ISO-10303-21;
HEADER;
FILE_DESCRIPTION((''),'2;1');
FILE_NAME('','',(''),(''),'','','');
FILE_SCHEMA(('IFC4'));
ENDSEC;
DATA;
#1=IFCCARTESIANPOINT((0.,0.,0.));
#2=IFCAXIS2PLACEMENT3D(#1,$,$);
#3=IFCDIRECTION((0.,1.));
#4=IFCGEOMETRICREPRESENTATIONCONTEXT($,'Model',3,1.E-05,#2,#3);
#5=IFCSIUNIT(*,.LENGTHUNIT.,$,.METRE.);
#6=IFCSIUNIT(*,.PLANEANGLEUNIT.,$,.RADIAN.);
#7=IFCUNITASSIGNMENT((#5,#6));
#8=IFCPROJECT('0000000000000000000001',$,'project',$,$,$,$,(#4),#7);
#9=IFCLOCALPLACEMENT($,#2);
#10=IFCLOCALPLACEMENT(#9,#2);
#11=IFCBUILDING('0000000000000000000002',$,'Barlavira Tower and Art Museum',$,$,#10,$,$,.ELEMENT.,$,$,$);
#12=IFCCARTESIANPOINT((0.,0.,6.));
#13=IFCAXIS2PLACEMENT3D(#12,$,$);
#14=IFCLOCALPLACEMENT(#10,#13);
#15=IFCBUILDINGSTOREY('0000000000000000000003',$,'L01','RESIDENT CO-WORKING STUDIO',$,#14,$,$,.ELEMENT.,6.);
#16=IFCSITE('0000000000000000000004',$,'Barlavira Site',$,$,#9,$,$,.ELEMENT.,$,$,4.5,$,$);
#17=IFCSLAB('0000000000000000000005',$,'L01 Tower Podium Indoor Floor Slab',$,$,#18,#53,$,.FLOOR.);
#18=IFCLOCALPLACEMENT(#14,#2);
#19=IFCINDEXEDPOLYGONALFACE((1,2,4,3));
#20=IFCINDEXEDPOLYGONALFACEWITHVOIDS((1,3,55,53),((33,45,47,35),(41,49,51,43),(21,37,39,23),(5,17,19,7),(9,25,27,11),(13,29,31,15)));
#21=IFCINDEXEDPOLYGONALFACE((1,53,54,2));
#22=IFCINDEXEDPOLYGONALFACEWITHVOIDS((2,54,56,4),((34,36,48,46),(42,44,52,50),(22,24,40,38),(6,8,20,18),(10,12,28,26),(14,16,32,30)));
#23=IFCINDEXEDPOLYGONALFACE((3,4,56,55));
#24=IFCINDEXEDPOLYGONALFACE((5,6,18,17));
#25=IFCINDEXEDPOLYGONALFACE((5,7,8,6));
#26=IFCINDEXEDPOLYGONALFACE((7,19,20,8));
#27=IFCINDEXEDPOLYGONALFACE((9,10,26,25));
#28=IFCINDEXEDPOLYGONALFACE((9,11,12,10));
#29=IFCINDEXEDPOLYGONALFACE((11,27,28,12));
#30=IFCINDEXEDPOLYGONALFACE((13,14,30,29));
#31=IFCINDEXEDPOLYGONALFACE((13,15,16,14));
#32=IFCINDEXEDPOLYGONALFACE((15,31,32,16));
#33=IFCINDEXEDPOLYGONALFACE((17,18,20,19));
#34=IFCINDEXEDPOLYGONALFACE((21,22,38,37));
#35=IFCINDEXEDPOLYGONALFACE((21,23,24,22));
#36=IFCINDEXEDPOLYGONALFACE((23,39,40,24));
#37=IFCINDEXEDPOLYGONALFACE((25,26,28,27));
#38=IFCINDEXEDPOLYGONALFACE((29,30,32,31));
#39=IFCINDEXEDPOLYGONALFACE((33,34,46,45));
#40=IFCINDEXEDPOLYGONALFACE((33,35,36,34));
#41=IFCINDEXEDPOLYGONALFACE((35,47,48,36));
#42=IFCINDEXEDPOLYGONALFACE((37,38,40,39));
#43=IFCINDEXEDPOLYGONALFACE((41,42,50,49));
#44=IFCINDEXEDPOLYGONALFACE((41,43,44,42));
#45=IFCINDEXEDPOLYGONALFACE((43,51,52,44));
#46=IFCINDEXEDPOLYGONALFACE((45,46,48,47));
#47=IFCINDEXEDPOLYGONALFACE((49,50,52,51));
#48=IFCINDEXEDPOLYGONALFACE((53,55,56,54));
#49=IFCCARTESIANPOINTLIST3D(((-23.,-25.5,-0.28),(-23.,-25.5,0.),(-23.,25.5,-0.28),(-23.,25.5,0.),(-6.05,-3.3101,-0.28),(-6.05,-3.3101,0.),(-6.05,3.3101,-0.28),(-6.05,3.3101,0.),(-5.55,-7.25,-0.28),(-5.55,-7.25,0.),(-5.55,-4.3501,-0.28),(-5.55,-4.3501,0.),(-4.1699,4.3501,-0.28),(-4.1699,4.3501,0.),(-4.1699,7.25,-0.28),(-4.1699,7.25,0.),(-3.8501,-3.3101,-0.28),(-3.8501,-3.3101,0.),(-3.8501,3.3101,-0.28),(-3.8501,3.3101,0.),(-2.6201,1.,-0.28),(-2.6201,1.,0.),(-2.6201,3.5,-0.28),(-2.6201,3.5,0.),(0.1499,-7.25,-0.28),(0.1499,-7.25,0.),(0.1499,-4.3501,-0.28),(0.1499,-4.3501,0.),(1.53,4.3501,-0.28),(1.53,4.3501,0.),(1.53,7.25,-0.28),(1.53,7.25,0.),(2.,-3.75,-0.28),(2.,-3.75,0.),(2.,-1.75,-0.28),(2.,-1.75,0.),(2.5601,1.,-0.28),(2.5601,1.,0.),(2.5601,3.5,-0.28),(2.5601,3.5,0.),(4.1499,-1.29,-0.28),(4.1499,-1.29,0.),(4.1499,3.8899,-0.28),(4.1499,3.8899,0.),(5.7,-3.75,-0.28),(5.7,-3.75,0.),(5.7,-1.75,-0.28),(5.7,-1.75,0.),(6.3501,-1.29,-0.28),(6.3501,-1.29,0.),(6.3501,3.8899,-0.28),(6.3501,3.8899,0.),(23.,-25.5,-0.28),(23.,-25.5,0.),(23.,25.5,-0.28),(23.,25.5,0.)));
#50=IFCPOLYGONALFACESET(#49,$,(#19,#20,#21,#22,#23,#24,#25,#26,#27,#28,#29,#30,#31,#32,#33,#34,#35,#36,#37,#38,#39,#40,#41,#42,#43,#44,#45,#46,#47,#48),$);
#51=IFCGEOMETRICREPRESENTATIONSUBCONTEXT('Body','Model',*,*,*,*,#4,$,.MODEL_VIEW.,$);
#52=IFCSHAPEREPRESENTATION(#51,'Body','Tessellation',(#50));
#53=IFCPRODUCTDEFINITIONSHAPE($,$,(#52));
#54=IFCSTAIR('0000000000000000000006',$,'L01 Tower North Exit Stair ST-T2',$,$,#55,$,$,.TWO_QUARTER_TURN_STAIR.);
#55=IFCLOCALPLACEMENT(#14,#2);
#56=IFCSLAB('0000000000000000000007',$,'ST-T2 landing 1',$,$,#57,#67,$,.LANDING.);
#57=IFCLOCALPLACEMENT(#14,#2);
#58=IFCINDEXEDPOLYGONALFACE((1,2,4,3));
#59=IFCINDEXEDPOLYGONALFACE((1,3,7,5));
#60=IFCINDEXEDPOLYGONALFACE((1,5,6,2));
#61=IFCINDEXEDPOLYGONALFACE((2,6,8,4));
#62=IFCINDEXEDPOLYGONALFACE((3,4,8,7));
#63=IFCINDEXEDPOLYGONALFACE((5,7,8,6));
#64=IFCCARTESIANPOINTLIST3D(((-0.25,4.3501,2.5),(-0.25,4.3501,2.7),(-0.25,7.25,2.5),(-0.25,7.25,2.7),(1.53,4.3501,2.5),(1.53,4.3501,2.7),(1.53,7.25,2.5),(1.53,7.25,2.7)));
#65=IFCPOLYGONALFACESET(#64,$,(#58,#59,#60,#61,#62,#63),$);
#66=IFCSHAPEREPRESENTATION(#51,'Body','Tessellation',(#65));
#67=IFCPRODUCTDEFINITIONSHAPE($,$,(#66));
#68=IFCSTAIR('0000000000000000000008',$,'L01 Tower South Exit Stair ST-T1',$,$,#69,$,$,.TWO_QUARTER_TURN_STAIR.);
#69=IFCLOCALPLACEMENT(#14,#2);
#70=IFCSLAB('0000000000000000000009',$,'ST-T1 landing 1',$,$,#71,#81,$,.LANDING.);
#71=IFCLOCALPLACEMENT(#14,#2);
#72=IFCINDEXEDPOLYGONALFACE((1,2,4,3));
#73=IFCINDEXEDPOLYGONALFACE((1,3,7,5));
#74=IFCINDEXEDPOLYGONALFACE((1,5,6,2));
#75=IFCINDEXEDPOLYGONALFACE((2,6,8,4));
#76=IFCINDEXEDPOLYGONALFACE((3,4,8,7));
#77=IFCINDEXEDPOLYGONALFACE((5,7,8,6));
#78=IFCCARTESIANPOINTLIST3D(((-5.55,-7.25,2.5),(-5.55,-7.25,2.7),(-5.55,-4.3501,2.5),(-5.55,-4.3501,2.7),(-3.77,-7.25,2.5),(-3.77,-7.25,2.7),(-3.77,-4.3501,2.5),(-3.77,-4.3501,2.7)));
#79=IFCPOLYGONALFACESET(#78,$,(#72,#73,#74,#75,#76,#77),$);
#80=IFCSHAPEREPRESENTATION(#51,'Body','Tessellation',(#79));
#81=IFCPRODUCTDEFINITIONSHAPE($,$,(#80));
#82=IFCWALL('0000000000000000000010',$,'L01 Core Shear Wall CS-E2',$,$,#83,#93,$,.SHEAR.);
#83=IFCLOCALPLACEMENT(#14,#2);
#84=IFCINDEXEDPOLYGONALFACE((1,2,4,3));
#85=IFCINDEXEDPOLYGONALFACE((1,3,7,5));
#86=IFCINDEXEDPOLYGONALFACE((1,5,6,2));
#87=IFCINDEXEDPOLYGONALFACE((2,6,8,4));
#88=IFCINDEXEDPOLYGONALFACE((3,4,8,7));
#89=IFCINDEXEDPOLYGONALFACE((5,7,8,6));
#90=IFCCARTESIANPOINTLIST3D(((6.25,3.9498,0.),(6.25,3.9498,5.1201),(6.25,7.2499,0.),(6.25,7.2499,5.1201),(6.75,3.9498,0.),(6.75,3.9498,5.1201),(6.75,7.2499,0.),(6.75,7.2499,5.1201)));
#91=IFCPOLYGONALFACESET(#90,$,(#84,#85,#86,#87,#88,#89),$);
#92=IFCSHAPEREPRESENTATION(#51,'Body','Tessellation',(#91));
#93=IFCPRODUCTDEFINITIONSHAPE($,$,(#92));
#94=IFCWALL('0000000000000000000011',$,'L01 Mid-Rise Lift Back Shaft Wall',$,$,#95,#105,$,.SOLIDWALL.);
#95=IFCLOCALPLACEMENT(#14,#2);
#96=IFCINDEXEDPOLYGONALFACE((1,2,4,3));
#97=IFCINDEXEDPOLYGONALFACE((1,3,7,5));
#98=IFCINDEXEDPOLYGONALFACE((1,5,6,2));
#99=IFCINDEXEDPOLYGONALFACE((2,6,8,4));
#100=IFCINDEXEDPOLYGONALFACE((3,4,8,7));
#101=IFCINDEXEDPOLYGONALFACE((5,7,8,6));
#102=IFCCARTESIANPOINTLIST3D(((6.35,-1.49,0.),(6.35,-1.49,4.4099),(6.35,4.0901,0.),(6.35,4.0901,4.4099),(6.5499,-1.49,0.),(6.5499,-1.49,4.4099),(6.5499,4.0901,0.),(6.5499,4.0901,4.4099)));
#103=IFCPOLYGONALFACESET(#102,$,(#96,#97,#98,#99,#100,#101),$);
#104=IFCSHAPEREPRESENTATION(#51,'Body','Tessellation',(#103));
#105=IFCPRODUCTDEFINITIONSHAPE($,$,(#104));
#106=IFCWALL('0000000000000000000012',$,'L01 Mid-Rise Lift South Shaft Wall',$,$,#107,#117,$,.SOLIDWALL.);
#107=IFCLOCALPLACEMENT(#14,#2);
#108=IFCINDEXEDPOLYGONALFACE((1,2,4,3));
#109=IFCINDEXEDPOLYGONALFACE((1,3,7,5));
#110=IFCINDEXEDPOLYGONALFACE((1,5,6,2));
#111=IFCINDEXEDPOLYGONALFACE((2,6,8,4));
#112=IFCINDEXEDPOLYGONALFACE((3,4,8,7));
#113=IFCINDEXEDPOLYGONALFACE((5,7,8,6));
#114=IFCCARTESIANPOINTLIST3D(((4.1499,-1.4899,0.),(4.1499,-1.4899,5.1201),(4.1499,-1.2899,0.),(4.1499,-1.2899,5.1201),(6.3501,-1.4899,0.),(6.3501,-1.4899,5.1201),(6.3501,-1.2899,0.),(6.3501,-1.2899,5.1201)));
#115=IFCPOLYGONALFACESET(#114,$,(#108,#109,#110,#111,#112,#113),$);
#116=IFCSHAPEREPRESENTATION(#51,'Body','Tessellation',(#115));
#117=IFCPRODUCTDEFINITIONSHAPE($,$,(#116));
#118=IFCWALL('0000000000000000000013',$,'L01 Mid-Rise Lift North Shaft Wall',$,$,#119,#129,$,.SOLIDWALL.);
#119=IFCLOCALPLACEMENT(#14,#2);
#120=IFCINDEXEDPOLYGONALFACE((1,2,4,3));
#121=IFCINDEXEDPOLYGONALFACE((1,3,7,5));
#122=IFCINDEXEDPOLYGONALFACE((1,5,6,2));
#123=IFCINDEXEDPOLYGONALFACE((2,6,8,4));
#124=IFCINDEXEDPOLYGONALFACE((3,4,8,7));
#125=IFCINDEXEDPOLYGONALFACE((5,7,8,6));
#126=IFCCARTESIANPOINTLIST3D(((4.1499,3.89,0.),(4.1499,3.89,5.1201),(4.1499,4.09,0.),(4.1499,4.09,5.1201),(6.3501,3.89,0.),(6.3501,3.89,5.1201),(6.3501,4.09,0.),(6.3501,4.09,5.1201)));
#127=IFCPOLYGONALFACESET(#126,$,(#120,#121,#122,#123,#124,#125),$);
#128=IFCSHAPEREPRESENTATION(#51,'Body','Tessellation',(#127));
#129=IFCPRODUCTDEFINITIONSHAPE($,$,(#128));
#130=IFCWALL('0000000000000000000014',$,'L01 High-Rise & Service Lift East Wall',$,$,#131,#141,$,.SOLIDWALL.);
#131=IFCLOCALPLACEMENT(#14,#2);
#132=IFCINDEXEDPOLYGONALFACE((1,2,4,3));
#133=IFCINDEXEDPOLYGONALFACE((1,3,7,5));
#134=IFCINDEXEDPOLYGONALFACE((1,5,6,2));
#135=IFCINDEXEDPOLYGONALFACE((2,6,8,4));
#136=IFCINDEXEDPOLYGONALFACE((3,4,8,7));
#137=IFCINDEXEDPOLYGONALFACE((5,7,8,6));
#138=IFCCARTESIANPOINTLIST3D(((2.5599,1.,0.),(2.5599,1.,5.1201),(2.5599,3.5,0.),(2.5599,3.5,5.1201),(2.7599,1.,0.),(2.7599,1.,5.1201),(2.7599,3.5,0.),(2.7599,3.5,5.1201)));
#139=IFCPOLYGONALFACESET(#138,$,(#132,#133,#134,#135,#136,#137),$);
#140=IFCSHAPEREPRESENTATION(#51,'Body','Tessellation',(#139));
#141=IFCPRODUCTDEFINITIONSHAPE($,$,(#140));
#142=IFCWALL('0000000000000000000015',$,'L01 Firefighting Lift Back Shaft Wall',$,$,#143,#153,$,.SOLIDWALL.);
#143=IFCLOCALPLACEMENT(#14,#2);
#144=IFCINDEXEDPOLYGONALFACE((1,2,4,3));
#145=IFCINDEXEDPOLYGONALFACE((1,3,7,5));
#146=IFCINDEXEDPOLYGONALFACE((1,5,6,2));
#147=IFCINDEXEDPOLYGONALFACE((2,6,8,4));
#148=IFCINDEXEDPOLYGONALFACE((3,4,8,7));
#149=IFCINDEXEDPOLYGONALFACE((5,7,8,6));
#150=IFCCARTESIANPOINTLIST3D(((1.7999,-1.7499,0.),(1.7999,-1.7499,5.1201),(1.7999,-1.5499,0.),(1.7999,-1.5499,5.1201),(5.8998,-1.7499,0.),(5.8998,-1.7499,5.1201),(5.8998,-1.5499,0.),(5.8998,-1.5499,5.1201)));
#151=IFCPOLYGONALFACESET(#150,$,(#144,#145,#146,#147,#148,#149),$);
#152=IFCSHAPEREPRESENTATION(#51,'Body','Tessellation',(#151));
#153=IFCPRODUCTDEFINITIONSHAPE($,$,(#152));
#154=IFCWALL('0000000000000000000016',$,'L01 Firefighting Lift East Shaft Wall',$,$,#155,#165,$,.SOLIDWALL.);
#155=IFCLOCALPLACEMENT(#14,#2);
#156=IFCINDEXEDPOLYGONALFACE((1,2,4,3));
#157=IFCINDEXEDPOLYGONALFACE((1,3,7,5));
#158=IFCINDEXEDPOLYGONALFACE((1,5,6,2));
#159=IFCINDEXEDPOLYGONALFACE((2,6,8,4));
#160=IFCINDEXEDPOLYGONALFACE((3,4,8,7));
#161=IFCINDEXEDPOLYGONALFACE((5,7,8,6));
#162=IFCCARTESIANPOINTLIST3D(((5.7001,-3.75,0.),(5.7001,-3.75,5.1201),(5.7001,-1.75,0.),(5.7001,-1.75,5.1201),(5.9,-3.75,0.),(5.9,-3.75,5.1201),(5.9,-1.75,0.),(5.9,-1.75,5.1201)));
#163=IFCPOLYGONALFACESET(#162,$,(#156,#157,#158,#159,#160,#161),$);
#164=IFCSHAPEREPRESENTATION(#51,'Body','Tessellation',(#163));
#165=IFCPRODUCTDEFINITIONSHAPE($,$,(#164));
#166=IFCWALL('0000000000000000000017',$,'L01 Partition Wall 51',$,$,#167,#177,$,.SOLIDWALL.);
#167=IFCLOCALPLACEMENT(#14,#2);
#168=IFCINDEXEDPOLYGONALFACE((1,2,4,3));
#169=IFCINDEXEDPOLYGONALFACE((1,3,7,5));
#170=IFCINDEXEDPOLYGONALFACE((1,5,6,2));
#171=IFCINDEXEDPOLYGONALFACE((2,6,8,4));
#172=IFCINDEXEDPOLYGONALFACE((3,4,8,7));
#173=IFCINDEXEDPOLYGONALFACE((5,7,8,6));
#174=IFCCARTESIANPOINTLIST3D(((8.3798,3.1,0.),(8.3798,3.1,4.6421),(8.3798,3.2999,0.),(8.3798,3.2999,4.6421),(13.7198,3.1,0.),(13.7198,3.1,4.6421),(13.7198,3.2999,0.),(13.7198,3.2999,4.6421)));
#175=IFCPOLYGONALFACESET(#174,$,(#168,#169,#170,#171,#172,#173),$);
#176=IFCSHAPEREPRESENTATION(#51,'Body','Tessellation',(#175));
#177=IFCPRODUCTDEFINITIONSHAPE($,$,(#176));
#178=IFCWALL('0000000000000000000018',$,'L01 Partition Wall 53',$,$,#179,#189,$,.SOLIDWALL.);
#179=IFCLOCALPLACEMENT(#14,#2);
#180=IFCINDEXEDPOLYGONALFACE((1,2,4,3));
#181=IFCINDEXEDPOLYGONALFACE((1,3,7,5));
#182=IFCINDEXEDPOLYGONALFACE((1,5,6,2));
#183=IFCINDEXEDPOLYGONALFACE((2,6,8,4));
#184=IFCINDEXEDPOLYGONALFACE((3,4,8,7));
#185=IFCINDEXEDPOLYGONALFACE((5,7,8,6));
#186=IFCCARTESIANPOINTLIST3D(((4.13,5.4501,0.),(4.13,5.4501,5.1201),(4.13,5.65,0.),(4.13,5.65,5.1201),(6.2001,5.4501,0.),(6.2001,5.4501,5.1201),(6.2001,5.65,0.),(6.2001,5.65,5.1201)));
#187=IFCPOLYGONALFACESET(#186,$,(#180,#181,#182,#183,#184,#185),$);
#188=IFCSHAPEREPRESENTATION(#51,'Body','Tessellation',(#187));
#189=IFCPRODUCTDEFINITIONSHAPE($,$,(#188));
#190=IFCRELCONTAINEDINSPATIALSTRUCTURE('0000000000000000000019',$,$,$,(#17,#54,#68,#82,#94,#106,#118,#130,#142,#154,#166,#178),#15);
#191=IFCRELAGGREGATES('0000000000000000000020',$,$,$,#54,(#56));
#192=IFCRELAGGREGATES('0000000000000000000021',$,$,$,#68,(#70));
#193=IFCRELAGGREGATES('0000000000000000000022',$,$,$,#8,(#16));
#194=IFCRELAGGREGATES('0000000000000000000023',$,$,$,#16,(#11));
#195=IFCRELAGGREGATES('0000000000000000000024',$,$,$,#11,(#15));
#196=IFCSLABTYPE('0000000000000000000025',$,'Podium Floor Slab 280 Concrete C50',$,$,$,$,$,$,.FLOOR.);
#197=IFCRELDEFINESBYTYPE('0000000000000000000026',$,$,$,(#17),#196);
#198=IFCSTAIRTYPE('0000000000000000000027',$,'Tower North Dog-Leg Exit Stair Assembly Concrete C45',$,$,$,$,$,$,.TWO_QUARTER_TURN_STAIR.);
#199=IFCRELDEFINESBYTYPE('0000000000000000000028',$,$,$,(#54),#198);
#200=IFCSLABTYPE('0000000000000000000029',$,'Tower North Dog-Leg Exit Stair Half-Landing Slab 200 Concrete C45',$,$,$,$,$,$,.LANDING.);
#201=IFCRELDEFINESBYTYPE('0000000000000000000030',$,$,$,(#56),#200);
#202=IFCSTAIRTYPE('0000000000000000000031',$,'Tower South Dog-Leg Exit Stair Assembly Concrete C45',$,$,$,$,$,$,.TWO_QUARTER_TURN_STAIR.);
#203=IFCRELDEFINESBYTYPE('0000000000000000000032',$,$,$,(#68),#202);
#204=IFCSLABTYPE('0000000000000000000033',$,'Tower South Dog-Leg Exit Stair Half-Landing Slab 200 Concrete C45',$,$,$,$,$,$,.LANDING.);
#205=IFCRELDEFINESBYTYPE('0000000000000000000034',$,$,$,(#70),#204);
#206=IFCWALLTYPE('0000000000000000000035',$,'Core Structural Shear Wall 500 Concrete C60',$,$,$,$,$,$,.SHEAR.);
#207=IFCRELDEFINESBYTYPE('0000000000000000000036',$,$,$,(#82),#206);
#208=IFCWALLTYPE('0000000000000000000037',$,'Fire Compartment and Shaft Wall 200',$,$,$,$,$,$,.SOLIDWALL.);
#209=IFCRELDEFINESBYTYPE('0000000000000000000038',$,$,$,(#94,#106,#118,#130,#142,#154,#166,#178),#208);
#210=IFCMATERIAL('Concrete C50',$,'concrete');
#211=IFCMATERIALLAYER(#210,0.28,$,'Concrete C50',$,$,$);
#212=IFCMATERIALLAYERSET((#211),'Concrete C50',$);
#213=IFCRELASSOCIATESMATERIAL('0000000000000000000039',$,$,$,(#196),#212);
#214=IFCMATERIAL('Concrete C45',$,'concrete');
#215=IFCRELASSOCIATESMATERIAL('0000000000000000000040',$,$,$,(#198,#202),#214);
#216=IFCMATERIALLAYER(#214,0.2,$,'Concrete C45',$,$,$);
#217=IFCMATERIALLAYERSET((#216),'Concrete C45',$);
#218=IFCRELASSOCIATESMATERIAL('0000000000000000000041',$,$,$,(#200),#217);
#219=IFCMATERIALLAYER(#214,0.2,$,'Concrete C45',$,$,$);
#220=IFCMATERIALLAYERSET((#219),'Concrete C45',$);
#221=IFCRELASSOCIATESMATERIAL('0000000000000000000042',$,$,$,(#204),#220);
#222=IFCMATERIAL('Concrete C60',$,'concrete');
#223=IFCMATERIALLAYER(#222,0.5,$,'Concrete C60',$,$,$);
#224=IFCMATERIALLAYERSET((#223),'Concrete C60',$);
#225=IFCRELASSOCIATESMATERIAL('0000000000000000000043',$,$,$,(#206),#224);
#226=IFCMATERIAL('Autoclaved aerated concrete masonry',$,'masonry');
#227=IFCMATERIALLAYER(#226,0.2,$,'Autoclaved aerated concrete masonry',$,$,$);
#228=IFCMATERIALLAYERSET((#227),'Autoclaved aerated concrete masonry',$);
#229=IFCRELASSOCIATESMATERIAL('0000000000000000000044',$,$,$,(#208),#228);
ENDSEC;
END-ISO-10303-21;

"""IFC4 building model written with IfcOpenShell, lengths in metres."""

from ifc_helpers import new_model, si_unit, direction, frame, frame_2d, origin, place, context, subcontext, project, spatial, polyline, rectangle, outline, extrude, material, layer, layer_set, type_object, element, aggregate, save


model = new_model("IFC4")

# Units and contexts
model_context = context("Model", 3, precision=1e-05, world=origin(), true_north=direction((0.0, 1.0)))
body_context = subcontext(model_context, "Body", "Model", "MODEL_VIEW")
ifc_project = project(units=[si_unit("LENGTHUNIT", "METRE"), si_unit("PLANEANGLEUNIT", "RADIAN")], contexts=[model_context])

# Site, building, storey
site_placement = place(None, origin())
site = spatial("IfcSite", under=ifc_project, at=site_placement, Name="Barlavira Site", CompositionType="ELEMENT", RefElevation=4.5)
building_placement = place(site_placement, origin())
building = spatial("IfcBuilding", under=site, at=building_placement, Name="Barlavira Tower and Art Museum", CompositionType="ELEMENT")
storey_placement = place(building_placement, frame((0.0, 0.0, 6.0)))
storey = spatial("IfcBuildingStorey", under=building, at=storey_placement, Name="L01", Description="RESIDENT CO-WORKING STUDIO", CompositionType="ELEMENT", Elevation=6.0)

# Shared definitions
ifc_material_1 = material(Name="Concrete C50", Category="concrete")

# Shared definitions
ifc_material_2 = material(Name="Concrete C45", Category="concrete")

# Slab
ifc_layer_1 = layer(ifc_material_1, 0.28, Name="Concrete C50")
ifc_layer_set_1 = layer_set([ifc_layer_1], Name="Concrete C50")
slab_type_1 = type_object("IfcSlabType", Name="Podium Floor Slab 280 Concrete C50", PredefinedType="FLOOR", material=ifc_layer_set_1)
slab_1_placement = place(storey_placement, frame((0.0, 0.0, -0.28)))
element("IfcSlab", 1, at=slab_1_placement, inside=storey, type_object=slab_type_1, Name="L01 Tower Podium Indoor Floor Slab", PredefinedType="FLOOR", context=body_context, shape_type="SweptSolid", body=[
    extrude(outline(polyline([(-23.0, -25.5), (23.0, -25.5), (23.0, 25.5), (-23.0, 25.5), (-23.0, -25.5)]), holes=[polyline([(0.1499, -4.3501), (-5.55, -4.3501), (-5.55, -7.25), (0.1499, -7.25), (0.1499, -4.3501)]), polyline([(-4.1699, 4.3501), (1.53, 4.3501), (1.53, 7.25), (-4.1699, 7.25), (-4.1699, 4.3501)]), polyline([(-6.05, -3.3101), (-3.8501, -3.3101), (-3.8501, 3.3101), (-6.05, 3.3101), (-6.05, -3.3101)]), polyline([(4.1499, -1.29), (6.3501, -1.29), (6.3501, 3.8899), (4.1499, 3.8899), (4.1499, -1.29)]), polyline([(-2.6201, 1.0), (2.5601, 1.0), (2.5601, 3.5), (-2.6201, 3.5), (-2.6201, 1.0)]), polyline([(2.0, -3.75), (5.7, -3.75), (5.7, -1.75), (2.0, -1.75), (2.0, -3.75)])]), origin(), (0.0, 0.0, 1.0), 0.28),
])

# Stairs, slabs
stair_type_1 = type_object("IfcStairType", Name="Tower North Dog-Leg Exit Stair Assembly Concrete C45", PredefinedType="TWO_QUARTER_TURN_STAIR", material=ifc_material_2)
stair_1_placement = place(storey_placement, origin())
stair_1 = element("IfcStair", 2, at=stair_1_placement, inside=storey, type_object=stair_type_1, Name="L01 Tower North Exit Stair ST-T2", PredefinedType="TWO_QUARTER_TURN_STAIR")
ifc_layer_2 = layer(ifc_material_2, 0.2, Name="Concrete C45")
ifc_layer_set_2 = layer_set([ifc_layer_2], Name="Concrete C45")
slab_type_2 = type_object("IfcSlabType", Name="Tower North Dog-Leg Exit Stair Half-Landing Slab 200 Concrete C45", PredefinedType="LANDING", material=ifc_layer_set_2)
slab_2_placement = place(storey_placement, frame((0.0, 0.0, 2.5)))
slab_2 = element("IfcSlab", 3, at=slab_2_placement, type_object=slab_type_2, Name="ST-T2 landing 1", PredefinedType="LANDING", context=body_context, shape_type="SweptSolid", body=[
    extrude(outline(polyline([(-0.25, 4.3501), (1.53, 4.3501), (1.53, 7.25), (-0.25, 7.25), (-0.25, 4.3501)])), origin(), (0.0, 0.0, 1.0), 0.2),
])
aggregate(stair_1, [slab_2])
stair_type_2 = type_object("IfcStairType", Name="Tower South Dog-Leg Exit Stair Assembly Concrete C45", PredefinedType="TWO_QUARTER_TURN_STAIR", material=ifc_material_2)
stair_2_placement = place(storey_placement, origin())
stair_2 = element("IfcStair", 4, at=stair_2_placement, inside=storey, type_object=stair_type_2, Name="L01 Tower South Exit Stair ST-T1", PredefinedType="TWO_QUARTER_TURN_STAIR")
ifc_layer_3 = layer(ifc_material_2, 0.2, Name="Concrete C45")
ifc_layer_set_3 = layer_set([ifc_layer_3], Name="Concrete C45")
slab_type_3 = type_object("IfcSlabType", Name="Tower South Dog-Leg Exit Stair Half-Landing Slab 200 Concrete C45", PredefinedType="LANDING", material=ifc_layer_set_3)
slab_3_placement = place(storey_placement, frame((0.0, 0.0, 2.5)))
slab_3 = element("IfcSlab", 5, at=slab_3_placement, type_object=slab_type_3, Name="ST-T1 landing 1", PredefinedType="LANDING", context=body_context, shape_type="SweptSolid", body=[
    extrude(outline(polyline([(-3.77, -4.3501), (-5.55, -4.3501), (-5.55, -7.25), (-3.77, -7.25), (-3.77, -4.3501)])), origin(), (0.0, 0.0, 1.0), 0.2),
])
aggregate(stair_2, [slab_3])

# Wall
ifc_material_3 = material(Name="Concrete C60", Category="concrete")
ifc_layer_4 = layer(ifc_material_3, 0.5, Name="Concrete C60")
ifc_layer_set_4 = layer_set([ifc_layer_4], Name="Concrete C60")
wall_type_1 = type_object("IfcWallType", Name="Core Structural Shear Wall 500 Concrete C60", PredefinedType="SHEAR", material=ifc_layer_set_4)
wall_1_placement = place(storey_placement, frame((6.5, 3.95, 0.0), z_axis=(0.0, 0.0, 1.0), x_axis=(0.0, 1.0, 0.0)))
element("IfcWall", 6, at=wall_1_placement, inside=storey, type_object=wall_type_1, Name="L01 Core Shear Wall CS-E2", PredefinedType="SHEAR", context=body_context, shape_type="SweptSolid", body=[
    extrude(rectangle(XDim=3.3, YDim=0.5, at=frame_2d((1.6499, 0.0))), origin(), (0.0, 0.0, 1.0), 5.1201),
])

# Shared definitions
ifc_material_4 = material(Name="Autoclaved aerated concrete masonry", Category="masonry")
ifc_layer_5 = layer(ifc_material_4, 0.2, Name="Autoclaved aerated concrete masonry")
ifc_layer_set_5 = layer_set([ifc_layer_5], Name="Autoclaved aerated concrete masonry")
wall_type_2 = type_object("IfcWallType", Name="Fire Compartment and Shaft Wall 200", PredefinedType="SOLIDWALL", material=ifc_layer_set_5)

# Walls
wall_2_placement = place(storey_placement, frame((6.45, -1.49, 0.0), z_axis=(0.0, 0.0, 1.0), x_axis=(0.0, 1.0, 0.0)))
element("IfcWall", 7, at=wall_2_placement, inside=storey, type_object=wall_type_2, Name="L01 Mid-Rise Lift Back Shaft Wall", PredefinedType="SOLIDWALL", context=body_context, shape_type="SweptSolid", body=[
    extrude(rectangle(XDim=5.5801, YDim=0.2, at=frame_2d((2.79, 0.0))), origin(), (0.0, 0.0, 1.0), 4.4099),
])
for number, where, z_axis, x_axis, name in (
    (8, (4.1499, -1.3899, 0.0), (0.0, 0.0, 1.0), (1.0, 0.0, 0.0), "L01 Mid-Rise Lift South Shaft Wall"),
    (9, (4.1499, 3.99, 0.0), (0.0, 0.0, 1.0), (1.0, 0.0, 0.0), "L01 Mid-Rise Lift North Shaft Wall"),
):
    element("IfcWall", number, at=place(storey_placement, frame(where, z_axis=z_axis, x_axis=x_axis)), inside=storey, type_object=wall_type_2, Name=name, PredefinedType="SOLIDWALL", context=body_context, shape_type="SweptSolid", body=[
        extrude(rectangle(XDim=2.2002, YDim=0.2, at=frame_2d((1.1001, 0.0))), origin(), (0.0, 0.0, 1.0), 5.1201),
    ])
wall_3_placement = place(storey_placement, frame((2.6599, 1.0, 0.0), z_axis=(0.0, 0.0, 1.0), x_axis=(0.0, 1.0, 0.0)))
element("IfcWall", 10, at=wall_3_placement, inside=storey, type_object=wall_type_2, Name="L01 High-Rise & Service Lift East Wall", PredefinedType="SOLIDWALL", context=body_context, shape_type="SweptSolid", body=[
    extrude(rectangle(XDim=2.5, YDim=0.2, at=frame_2d((1.25, 0.0))), origin(), (0.0, 0.0, 1.0), 5.1201),
])
wall_4_placement = place(storey_placement, frame((1.8, -1.6499, 0.0), z_axis=(0.0, 0.0, 1.0), x_axis=(1.0, 0.0, 0.0)))
element("IfcWall", 11, at=wall_4_placement, inside=storey, type_object=wall_type_2, Name="L01 Firefighting Lift Back Shaft Wall", PredefinedType="SOLIDWALL", context=body_context, shape_type="SweptSolid", body=[
    extrude(rectangle(XDim=4.0999, YDim=0.2, at=frame_2d((2.0498, 0.0))), origin(), (0.0, 0.0, 1.0), 5.1201),
])
wall_5_placement = place(storey_placement, frame((5.8, -3.75, 0.0), z_axis=(0.0, 0.0, 1.0), x_axis=(0.0, 1.0, 0.0)))
element("IfcWall", 12, at=wall_5_placement, inside=storey, type_object=wall_type_2, Name="L01 Firefighting Lift East Shaft Wall", PredefinedType="SOLIDWALL", context=body_context, shape_type="SweptSolid", body=[
    extrude(rectangle(XDim=2.0, YDim=0.2, at=frame_2d((1.0, 0.0))), origin(), (0.0, 0.0, 1.0), 5.1201),
])

# Walls
wall_6_placement = place(storey_placement, frame((8.3799, 3.2, 0.0), z_axis=(0.0, 0.0, 1.0), x_axis=(1.0, 0.0, 0.0)))
element("IfcWall", 13, at=wall_6_placement, inside=storey, type_object=wall_type_2, Name="L01 Partition Wall 51", PredefinedType="SOLIDWALL", context=body_context, shape_type="SweptSolid", body=[
    extrude(rectangle(XDim=5.3401, YDim=0.2, at=frame_2d((2.6699, 0.0))), origin(), (0.0, 0.0, 1.0), 4.6421),
])
wall_7_placement = place(storey_placement, frame((4.1299, 5.55, 0.0), z_axis=(0.0, 0.0, 1.0), x_axis=(1.0, 0.0, 0.0)))
element("IfcWall", 14, at=wall_7_placement, inside=storey, type_object=wall_type_2, Name="L01 Partition Wall 53", PredefinedType="SOLIDWALL", context=body_context, shape_type="SweptSolid", body=[
    extrude(rectangle(XDim=2.0701, YDim=0.2, at=frame_2d((1.0352, 0.0))), origin(), (0.0, 0.0, 1.0), 5.1201),
])

save(model, "model.ifc")
